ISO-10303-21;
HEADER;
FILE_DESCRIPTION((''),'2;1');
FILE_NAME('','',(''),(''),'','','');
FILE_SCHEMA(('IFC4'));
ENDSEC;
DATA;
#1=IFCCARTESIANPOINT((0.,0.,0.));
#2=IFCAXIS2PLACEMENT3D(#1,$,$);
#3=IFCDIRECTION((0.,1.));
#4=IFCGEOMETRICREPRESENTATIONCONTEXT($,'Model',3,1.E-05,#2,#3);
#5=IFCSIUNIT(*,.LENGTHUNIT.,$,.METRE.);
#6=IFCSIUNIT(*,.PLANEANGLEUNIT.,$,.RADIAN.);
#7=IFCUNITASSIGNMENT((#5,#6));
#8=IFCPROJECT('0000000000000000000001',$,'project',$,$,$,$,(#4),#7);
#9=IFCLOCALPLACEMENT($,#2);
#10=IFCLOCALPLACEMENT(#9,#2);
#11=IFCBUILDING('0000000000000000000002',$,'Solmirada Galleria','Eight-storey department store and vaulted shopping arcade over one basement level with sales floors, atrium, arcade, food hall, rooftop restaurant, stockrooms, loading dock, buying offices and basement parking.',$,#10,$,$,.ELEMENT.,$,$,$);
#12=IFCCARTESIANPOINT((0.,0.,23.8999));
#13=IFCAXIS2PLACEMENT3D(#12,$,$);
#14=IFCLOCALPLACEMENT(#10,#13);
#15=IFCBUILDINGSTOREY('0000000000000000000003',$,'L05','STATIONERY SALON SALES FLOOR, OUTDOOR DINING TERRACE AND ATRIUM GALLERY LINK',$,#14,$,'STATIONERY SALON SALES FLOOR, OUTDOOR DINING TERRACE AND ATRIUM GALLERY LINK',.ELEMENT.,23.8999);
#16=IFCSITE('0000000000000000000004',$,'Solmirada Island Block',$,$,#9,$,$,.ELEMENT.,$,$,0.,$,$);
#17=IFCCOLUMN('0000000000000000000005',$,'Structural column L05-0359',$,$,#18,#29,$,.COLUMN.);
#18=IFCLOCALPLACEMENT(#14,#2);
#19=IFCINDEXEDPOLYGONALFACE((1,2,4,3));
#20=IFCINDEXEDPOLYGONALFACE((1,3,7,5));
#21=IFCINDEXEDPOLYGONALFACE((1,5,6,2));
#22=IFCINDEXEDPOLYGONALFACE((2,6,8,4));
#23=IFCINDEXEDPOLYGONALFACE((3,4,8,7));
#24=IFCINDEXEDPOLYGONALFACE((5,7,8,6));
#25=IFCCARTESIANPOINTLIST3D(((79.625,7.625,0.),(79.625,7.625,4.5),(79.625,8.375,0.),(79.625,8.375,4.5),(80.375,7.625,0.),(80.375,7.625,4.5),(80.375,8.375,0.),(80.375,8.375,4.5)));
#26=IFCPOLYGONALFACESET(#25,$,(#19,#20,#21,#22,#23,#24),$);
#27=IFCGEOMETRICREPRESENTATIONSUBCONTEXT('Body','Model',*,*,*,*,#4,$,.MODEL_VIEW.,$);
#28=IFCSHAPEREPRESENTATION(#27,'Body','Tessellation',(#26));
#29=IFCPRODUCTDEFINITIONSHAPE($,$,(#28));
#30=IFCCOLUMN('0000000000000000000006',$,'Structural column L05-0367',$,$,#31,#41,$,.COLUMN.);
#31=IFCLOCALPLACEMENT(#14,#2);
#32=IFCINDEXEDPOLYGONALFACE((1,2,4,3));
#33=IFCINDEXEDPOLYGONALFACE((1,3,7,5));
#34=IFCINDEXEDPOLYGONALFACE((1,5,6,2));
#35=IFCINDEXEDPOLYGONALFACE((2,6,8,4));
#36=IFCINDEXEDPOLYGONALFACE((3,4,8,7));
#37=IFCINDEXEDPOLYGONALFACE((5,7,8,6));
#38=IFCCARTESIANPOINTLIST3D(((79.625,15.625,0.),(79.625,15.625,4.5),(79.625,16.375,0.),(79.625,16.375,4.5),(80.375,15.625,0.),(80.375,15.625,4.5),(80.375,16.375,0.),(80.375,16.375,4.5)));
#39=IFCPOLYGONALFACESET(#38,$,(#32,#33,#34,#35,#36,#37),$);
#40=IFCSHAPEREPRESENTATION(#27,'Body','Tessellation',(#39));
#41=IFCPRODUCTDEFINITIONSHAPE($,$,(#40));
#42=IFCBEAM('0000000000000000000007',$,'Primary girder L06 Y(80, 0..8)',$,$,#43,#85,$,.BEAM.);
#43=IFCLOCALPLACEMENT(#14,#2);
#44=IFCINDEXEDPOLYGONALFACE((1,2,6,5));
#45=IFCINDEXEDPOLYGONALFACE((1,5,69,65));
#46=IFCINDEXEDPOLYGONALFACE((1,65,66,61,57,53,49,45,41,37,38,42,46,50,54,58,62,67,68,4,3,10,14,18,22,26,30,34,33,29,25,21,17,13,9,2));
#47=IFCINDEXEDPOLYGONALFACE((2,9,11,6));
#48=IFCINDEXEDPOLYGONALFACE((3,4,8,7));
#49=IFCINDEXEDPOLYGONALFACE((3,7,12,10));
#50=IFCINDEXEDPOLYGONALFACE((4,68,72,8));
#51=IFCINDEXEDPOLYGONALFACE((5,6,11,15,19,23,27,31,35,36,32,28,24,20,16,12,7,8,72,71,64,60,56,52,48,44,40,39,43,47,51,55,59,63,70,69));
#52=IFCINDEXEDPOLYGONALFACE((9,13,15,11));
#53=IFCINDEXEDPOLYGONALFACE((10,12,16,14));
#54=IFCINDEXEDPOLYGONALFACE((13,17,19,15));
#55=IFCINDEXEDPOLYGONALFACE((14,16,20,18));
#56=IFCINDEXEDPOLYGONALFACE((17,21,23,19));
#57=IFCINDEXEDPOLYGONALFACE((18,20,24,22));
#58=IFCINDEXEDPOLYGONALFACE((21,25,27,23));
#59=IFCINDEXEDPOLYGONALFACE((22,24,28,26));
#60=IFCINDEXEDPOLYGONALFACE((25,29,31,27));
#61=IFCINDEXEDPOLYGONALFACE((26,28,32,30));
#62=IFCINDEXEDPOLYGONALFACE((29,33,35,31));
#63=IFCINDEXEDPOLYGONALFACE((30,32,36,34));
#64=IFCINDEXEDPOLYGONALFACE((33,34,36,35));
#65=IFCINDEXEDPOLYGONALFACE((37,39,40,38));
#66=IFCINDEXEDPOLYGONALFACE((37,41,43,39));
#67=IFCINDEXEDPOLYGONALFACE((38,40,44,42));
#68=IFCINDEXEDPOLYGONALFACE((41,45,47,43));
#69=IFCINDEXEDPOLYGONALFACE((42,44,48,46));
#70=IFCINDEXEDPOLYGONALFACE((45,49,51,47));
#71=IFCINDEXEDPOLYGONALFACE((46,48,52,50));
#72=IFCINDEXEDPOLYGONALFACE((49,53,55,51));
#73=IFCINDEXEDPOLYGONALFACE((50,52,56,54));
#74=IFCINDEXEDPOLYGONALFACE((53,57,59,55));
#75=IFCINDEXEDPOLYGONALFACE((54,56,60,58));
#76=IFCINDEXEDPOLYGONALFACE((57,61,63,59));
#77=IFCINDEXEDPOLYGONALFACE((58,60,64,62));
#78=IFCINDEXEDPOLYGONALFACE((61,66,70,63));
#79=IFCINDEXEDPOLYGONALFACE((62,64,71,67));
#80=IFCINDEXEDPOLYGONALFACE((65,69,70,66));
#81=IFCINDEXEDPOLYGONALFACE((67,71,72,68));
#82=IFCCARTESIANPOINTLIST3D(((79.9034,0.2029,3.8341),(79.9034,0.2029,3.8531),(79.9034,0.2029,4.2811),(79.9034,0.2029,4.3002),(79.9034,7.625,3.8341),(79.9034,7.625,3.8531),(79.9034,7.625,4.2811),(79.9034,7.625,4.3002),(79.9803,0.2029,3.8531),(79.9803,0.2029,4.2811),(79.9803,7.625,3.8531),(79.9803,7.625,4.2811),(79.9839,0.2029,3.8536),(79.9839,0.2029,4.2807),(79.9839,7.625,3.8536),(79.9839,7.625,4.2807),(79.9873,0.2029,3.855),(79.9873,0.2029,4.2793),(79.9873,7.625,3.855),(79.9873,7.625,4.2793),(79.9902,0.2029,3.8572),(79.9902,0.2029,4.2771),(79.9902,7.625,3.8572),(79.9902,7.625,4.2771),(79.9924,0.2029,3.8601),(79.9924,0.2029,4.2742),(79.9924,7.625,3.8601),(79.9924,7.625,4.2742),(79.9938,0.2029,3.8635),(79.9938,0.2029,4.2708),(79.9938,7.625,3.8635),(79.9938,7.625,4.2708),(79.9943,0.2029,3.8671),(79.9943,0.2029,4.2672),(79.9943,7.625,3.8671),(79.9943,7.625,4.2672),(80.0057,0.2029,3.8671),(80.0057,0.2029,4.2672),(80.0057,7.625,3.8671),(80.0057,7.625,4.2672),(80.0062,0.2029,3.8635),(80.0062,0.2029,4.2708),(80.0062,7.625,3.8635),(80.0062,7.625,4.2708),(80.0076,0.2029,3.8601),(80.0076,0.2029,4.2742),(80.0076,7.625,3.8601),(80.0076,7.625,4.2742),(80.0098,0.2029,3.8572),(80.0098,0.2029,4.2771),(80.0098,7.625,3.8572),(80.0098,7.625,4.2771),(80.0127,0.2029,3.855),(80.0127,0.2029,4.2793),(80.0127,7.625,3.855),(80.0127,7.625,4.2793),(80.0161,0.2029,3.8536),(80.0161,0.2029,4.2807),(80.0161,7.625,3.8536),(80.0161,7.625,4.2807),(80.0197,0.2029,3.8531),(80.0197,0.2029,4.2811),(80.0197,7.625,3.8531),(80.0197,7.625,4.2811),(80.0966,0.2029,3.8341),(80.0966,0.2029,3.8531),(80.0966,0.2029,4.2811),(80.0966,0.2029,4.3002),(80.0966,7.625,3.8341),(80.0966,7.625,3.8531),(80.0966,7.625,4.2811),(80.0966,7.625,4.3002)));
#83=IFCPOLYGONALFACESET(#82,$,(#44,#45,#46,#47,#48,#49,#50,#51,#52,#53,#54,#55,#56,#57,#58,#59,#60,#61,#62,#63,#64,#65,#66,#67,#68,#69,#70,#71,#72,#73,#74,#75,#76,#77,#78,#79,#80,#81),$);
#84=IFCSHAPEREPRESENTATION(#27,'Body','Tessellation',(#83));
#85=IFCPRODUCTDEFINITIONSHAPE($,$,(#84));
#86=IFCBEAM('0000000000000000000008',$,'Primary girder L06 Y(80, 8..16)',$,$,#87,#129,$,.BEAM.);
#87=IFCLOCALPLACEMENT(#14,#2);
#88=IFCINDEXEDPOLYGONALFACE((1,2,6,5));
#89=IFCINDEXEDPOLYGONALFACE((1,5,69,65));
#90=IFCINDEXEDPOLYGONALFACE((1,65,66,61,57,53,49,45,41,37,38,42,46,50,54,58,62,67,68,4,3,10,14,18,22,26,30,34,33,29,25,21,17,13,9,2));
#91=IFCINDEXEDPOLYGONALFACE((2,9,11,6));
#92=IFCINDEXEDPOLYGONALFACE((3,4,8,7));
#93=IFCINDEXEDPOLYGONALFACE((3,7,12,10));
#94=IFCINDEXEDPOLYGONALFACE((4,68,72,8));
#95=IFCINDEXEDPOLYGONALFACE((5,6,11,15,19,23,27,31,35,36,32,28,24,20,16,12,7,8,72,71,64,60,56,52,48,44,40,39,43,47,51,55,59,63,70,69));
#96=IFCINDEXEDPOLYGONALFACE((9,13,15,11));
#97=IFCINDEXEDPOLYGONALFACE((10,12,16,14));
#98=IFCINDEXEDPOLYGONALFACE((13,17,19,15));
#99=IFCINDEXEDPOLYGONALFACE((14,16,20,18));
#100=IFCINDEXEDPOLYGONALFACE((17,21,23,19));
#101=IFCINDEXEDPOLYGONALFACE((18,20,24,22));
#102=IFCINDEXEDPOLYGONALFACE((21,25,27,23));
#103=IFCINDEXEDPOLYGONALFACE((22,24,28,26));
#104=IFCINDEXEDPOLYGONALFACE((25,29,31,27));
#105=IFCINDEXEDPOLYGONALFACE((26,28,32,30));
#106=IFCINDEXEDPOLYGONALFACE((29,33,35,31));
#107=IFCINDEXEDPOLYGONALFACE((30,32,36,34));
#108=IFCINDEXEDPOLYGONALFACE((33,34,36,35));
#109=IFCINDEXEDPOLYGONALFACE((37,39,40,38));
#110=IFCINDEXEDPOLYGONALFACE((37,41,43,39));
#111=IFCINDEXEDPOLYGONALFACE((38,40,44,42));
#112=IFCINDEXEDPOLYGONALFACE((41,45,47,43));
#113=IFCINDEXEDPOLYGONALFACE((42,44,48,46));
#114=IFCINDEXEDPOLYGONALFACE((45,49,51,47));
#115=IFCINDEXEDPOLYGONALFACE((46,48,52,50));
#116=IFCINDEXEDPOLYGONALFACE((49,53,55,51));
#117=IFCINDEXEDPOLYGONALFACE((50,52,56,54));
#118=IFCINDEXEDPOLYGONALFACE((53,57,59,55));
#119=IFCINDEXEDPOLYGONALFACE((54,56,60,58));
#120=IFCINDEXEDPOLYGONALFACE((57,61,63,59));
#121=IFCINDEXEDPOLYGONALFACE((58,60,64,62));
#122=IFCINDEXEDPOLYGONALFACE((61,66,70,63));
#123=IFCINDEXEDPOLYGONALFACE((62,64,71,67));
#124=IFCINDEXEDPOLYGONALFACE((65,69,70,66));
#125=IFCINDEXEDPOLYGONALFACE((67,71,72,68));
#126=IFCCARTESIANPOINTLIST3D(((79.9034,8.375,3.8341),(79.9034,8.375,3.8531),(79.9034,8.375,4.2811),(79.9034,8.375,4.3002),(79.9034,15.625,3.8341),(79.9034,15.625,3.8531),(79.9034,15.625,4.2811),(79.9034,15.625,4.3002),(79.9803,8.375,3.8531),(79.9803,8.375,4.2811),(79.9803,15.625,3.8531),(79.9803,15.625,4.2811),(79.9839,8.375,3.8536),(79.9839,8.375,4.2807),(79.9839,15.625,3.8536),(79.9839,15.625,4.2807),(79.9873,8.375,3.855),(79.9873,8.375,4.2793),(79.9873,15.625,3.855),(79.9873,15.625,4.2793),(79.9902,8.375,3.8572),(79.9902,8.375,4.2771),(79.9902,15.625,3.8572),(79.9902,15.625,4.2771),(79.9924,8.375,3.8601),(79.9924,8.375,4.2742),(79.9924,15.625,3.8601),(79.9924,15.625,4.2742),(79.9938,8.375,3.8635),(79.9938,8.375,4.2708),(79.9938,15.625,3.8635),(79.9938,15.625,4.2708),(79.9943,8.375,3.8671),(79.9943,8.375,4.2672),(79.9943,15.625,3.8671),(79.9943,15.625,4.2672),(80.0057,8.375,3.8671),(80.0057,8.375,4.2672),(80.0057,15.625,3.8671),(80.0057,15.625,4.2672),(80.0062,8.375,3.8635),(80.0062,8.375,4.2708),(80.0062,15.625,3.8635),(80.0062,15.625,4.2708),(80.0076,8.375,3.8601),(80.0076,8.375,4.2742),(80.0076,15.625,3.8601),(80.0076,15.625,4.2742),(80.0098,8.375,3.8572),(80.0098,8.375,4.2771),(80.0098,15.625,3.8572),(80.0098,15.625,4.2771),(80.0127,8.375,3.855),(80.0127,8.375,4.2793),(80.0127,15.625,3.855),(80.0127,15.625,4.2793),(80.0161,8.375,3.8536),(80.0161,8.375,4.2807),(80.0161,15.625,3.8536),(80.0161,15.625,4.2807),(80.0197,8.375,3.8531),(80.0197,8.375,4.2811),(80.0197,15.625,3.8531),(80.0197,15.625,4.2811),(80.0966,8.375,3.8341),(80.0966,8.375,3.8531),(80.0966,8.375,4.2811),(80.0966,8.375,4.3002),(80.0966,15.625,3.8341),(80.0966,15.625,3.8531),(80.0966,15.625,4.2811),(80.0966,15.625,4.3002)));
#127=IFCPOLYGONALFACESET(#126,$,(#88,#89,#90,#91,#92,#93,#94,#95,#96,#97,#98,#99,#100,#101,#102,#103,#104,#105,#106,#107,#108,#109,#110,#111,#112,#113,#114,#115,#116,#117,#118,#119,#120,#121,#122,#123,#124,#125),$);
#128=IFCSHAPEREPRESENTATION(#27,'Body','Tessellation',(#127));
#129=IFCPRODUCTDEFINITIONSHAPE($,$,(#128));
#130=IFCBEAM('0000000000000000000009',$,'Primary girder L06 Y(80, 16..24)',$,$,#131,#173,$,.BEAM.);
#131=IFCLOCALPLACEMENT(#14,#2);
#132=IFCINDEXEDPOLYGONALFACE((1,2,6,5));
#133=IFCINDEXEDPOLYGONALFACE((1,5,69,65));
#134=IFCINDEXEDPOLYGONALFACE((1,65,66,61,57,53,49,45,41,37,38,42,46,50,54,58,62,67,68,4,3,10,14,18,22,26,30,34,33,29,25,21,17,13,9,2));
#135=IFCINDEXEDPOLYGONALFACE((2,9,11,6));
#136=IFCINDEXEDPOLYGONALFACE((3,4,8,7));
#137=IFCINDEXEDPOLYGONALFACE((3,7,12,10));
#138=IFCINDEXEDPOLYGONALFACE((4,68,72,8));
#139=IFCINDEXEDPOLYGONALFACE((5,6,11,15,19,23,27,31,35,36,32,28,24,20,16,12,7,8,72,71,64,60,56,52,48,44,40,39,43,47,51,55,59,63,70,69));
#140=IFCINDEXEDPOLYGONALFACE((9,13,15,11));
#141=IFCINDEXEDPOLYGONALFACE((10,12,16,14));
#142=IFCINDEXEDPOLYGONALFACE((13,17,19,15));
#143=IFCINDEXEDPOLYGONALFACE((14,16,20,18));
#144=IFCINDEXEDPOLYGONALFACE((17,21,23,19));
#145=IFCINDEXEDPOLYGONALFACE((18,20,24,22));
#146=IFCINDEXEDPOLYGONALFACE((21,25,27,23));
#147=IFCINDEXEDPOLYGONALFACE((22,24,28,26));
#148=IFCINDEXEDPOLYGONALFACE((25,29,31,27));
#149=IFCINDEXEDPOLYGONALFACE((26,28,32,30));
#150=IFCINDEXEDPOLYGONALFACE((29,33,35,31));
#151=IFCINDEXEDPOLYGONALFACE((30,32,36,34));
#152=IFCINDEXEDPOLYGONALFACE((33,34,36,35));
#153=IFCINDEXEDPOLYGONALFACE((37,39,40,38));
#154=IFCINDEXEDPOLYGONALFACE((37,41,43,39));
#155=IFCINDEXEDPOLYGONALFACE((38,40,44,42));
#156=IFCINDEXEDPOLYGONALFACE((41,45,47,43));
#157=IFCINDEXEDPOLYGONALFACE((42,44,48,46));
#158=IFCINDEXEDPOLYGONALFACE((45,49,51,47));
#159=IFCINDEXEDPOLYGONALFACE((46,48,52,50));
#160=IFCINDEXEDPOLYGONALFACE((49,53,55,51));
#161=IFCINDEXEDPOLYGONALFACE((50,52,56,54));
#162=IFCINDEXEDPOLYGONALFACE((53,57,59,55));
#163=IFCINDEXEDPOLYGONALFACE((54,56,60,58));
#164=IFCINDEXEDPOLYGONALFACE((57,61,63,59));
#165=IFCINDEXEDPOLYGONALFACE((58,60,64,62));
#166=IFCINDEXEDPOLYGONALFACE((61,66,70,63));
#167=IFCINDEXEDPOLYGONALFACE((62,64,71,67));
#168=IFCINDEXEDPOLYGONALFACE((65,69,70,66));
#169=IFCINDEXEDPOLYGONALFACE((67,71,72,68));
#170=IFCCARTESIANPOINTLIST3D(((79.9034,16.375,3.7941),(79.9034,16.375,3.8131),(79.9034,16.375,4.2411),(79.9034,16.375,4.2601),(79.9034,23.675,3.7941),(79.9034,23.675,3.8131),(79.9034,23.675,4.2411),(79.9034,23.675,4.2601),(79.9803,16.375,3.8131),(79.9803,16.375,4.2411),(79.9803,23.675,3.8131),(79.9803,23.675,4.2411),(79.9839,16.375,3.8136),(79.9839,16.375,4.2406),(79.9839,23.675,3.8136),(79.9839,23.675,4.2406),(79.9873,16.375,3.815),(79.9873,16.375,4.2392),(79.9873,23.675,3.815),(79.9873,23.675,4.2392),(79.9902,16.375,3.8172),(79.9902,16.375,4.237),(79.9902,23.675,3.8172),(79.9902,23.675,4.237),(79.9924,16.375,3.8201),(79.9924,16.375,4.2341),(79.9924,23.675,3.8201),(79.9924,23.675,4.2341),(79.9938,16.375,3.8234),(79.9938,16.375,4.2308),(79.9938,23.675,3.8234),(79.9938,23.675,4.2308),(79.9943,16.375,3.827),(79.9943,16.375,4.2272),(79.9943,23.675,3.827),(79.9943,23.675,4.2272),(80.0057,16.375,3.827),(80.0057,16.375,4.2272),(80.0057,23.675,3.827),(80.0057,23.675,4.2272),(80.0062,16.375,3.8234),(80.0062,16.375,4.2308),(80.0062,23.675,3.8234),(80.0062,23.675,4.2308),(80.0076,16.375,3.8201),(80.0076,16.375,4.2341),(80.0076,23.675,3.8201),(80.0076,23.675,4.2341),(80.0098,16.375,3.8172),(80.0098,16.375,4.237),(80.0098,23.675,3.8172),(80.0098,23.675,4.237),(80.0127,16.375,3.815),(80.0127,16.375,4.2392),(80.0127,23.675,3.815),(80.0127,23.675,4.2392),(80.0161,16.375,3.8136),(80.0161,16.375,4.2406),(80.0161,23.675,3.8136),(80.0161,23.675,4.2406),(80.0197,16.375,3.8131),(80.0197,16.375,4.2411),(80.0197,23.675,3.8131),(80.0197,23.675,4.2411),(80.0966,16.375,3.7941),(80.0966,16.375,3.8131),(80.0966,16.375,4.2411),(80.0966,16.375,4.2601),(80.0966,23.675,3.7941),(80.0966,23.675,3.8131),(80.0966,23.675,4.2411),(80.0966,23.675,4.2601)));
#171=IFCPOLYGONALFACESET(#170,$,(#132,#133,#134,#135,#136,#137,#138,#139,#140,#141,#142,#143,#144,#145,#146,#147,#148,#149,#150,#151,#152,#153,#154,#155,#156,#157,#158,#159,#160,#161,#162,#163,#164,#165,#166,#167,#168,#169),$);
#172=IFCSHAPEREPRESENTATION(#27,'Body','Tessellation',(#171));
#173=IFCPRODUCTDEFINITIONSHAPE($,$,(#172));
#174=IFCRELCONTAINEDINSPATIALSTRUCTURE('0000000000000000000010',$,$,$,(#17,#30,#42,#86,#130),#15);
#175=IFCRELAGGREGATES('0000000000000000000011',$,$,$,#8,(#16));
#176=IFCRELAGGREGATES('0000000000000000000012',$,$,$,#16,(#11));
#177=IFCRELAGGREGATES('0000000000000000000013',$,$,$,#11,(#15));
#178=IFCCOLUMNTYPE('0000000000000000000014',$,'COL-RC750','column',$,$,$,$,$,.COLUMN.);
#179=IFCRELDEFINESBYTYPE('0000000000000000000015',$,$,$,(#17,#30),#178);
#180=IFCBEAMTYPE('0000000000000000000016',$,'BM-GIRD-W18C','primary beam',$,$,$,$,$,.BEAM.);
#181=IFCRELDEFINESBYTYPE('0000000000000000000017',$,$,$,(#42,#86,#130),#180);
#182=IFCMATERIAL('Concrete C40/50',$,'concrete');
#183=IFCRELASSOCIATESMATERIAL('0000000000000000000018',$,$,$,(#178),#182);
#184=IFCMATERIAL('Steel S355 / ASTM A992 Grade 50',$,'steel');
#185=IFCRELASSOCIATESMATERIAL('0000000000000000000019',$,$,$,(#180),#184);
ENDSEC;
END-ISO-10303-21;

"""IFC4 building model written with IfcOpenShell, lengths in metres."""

from ifc_helpers import new_model, si_unit, direction, frame, origin, origin_2d, place, context, subcontext, project, spatial, rectangle, i_section, extrude, material, material_profile, profile_set, type_object, element, save


model = new_model("IFC4")

# Units and contexts
model_context = context("Model", 3, precision=1e-05, world=origin(), true_north=direction((0.0, 1.0)))
body_context = subcontext(model_context, "Body", "Model", "MODEL_VIEW")
ifc_project = project(units=[si_unit("LENGTHUNIT", "METRE"), si_unit("PLANEANGLEUNIT", "RADIAN")], contexts=[model_context])

# Site, building, storey
site_placement = place(None, origin())
site = spatial("IfcSite", under=ifc_project, at=site_placement, Name="Solmirada Island Block", CompositionType="ELEMENT", RefElevation=0.0)
building_placement = place(site_placement, origin())
building = spatial("IfcBuilding", under=site, at=building_placement, Name="Solmirada Galleria", Description="Eight-storey department store and vaulted shopping arcade over one basement level with sales floors, atrium, arcade, food hall, rooftop restaurant, stockrooms, loading dock, buying offices and basement parking.", CompositionType="ELEMENT")
storey_placement = place(building_placement, frame((0.0, 0.0, 23.8999)))
storey = spatial("IfcBuildingStorey", under=building, at=storey_placement, Name="L05", Description="STATIONERY SALON SALES FLOOR, OUTDOOR DINING TERRACE AND ATRIUM GALLERY LINK", LongName="STATIONERY SALON SALES FLOOR, OUTDOOR DINING TERRACE AND ATRIUM GALLERY LINK", CompositionType="ELEMENT", Elevation=23.8999)

# Columns
ifc_material_1 = material(Name="Concrete C40/50", Category="concrete")
ifc_material_profile_1 = material_profile(ifc_material_1, rectangle(XDim=0.75, YDim=0.75, at=origin_2d()), Name="RC750X750")
ifc_profile_set_1 = profile_set([ifc_material_profile_1], Name="Concrete C40/50")
column_type_1 = type_object("IfcColumnType", Name="COL-RC750", Description="column", PredefinedType="COLUMN", material=ifc_profile_set_1)
for number, where, z_axis, x_axis, name in (
    (1, (80.0, 8.0, 0.0), (0.0, 0.0, 1.0), (1.0, 0.0, 0.0), "Structural column L05-0359"),
    (2, (80.0, 16.0, 0.0), (0.0, 0.0, 1.0), (1.0, 0.0, 0.0), "Structural column L05-0367"),
):
    element("IfcColumn", number, at=place(storey_placement, frame(where, z_axis=z_axis, x_axis=x_axis)), inside=storey, type_object=column_type_1, Name=name, PredefinedType="COLUMN", context=body_context, shape_type="SweptSolid", body=[
        extrude(rectangle(XDim=0.75, YDim=0.75, at=origin_2d()), origin(), (0.0, 0.0, 1.0), 4.5),
    ])

# Beams
ifc_material_2 = material(Name="Steel S355 / ASTM A992 Grade 50", Category="steel")
ifc_material_profile_2 = material_profile(ifc_material_2, i_section(OverallWidth=0.1931, OverallDepth=0.4661, WebThickness=0.0115, FlangeThickness=0.019, FilletRadius=0.0139, at=origin_2d()), Name="W18X65")
ifc_profile_set_2 = profile_set([ifc_material_profile_2], Name="Steel S355 / ASTM A992 Grade 50")
beam_type = type_object("IfcBeamType", Name="BM-GIRD-W18C", Description="primary beam", PredefinedType="BEAM", material=ifc_profile_set_2)
beam_1_placement = place(storey_placement, frame((80.0, 0.2029, 4.0671), z_axis=(0.0, 1.0, 0.0), x_axis=(-1.0, 0.0, 0.0)))
element("IfcBeam", 3, at=beam_1_placement, inside=storey, type_object=beam_type, Name="Primary girder L06 Y(80, 0..8)", PredefinedType="BEAM", context=body_context, shape_type="SweptSolid", body=[
    extrude(i_section(OverallWidth=0.1931, OverallDepth=0.4661, WebThickness=0.0115, FlangeThickness=0.019, FilletRadius=0.0139, at=origin_2d()), origin(), (0.0, 0.0, 1.0), 7.4221),
])
beam_2_placement = place(storey_placement, frame((80.0, 8.375, 4.0671), z_axis=(0.0, 1.0, 0.0), x_axis=(-1.0, 0.0, 0.0)))
element("IfcBeam", 4, at=beam_2_placement, inside=storey, type_object=beam_type, Name="Primary girder L06 Y(80, 8..16)", PredefinedType="BEAM", context=body_context, shape_type="SweptSolid", body=[
    extrude(i_section(OverallWidth=0.1931, OverallDepth=0.4661, WebThickness=0.0115, FlangeThickness=0.019, FilletRadius=0.0139, at=origin_2d()), origin(), (0.0, 0.0, 1.0), 7.25),
])
beam_3_placement = place(storey_placement, frame((80.0, 16.375, 4.0271), z_axis=(0.0, 1.0, 0.0), x_axis=(-1.0, 0.0, 0.0)))
element("IfcBeam", 5, at=beam_3_placement, inside=storey, type_object=beam_type, Name="Primary girder L06 Y(80, 16..24)", PredefinedType="BEAM", context=body_context, shape_type="SweptSolid", body=[
    extrude(i_section(OverallWidth=0.1931, OverallDepth=0.4661, WebThickness=0.0115, FlangeThickness=0.019, FilletRadius=0.0139, at=origin_2d()), origin(), (0.0, 0.0, 1.0), 7.3),
])

save(model, "model.ifc")
